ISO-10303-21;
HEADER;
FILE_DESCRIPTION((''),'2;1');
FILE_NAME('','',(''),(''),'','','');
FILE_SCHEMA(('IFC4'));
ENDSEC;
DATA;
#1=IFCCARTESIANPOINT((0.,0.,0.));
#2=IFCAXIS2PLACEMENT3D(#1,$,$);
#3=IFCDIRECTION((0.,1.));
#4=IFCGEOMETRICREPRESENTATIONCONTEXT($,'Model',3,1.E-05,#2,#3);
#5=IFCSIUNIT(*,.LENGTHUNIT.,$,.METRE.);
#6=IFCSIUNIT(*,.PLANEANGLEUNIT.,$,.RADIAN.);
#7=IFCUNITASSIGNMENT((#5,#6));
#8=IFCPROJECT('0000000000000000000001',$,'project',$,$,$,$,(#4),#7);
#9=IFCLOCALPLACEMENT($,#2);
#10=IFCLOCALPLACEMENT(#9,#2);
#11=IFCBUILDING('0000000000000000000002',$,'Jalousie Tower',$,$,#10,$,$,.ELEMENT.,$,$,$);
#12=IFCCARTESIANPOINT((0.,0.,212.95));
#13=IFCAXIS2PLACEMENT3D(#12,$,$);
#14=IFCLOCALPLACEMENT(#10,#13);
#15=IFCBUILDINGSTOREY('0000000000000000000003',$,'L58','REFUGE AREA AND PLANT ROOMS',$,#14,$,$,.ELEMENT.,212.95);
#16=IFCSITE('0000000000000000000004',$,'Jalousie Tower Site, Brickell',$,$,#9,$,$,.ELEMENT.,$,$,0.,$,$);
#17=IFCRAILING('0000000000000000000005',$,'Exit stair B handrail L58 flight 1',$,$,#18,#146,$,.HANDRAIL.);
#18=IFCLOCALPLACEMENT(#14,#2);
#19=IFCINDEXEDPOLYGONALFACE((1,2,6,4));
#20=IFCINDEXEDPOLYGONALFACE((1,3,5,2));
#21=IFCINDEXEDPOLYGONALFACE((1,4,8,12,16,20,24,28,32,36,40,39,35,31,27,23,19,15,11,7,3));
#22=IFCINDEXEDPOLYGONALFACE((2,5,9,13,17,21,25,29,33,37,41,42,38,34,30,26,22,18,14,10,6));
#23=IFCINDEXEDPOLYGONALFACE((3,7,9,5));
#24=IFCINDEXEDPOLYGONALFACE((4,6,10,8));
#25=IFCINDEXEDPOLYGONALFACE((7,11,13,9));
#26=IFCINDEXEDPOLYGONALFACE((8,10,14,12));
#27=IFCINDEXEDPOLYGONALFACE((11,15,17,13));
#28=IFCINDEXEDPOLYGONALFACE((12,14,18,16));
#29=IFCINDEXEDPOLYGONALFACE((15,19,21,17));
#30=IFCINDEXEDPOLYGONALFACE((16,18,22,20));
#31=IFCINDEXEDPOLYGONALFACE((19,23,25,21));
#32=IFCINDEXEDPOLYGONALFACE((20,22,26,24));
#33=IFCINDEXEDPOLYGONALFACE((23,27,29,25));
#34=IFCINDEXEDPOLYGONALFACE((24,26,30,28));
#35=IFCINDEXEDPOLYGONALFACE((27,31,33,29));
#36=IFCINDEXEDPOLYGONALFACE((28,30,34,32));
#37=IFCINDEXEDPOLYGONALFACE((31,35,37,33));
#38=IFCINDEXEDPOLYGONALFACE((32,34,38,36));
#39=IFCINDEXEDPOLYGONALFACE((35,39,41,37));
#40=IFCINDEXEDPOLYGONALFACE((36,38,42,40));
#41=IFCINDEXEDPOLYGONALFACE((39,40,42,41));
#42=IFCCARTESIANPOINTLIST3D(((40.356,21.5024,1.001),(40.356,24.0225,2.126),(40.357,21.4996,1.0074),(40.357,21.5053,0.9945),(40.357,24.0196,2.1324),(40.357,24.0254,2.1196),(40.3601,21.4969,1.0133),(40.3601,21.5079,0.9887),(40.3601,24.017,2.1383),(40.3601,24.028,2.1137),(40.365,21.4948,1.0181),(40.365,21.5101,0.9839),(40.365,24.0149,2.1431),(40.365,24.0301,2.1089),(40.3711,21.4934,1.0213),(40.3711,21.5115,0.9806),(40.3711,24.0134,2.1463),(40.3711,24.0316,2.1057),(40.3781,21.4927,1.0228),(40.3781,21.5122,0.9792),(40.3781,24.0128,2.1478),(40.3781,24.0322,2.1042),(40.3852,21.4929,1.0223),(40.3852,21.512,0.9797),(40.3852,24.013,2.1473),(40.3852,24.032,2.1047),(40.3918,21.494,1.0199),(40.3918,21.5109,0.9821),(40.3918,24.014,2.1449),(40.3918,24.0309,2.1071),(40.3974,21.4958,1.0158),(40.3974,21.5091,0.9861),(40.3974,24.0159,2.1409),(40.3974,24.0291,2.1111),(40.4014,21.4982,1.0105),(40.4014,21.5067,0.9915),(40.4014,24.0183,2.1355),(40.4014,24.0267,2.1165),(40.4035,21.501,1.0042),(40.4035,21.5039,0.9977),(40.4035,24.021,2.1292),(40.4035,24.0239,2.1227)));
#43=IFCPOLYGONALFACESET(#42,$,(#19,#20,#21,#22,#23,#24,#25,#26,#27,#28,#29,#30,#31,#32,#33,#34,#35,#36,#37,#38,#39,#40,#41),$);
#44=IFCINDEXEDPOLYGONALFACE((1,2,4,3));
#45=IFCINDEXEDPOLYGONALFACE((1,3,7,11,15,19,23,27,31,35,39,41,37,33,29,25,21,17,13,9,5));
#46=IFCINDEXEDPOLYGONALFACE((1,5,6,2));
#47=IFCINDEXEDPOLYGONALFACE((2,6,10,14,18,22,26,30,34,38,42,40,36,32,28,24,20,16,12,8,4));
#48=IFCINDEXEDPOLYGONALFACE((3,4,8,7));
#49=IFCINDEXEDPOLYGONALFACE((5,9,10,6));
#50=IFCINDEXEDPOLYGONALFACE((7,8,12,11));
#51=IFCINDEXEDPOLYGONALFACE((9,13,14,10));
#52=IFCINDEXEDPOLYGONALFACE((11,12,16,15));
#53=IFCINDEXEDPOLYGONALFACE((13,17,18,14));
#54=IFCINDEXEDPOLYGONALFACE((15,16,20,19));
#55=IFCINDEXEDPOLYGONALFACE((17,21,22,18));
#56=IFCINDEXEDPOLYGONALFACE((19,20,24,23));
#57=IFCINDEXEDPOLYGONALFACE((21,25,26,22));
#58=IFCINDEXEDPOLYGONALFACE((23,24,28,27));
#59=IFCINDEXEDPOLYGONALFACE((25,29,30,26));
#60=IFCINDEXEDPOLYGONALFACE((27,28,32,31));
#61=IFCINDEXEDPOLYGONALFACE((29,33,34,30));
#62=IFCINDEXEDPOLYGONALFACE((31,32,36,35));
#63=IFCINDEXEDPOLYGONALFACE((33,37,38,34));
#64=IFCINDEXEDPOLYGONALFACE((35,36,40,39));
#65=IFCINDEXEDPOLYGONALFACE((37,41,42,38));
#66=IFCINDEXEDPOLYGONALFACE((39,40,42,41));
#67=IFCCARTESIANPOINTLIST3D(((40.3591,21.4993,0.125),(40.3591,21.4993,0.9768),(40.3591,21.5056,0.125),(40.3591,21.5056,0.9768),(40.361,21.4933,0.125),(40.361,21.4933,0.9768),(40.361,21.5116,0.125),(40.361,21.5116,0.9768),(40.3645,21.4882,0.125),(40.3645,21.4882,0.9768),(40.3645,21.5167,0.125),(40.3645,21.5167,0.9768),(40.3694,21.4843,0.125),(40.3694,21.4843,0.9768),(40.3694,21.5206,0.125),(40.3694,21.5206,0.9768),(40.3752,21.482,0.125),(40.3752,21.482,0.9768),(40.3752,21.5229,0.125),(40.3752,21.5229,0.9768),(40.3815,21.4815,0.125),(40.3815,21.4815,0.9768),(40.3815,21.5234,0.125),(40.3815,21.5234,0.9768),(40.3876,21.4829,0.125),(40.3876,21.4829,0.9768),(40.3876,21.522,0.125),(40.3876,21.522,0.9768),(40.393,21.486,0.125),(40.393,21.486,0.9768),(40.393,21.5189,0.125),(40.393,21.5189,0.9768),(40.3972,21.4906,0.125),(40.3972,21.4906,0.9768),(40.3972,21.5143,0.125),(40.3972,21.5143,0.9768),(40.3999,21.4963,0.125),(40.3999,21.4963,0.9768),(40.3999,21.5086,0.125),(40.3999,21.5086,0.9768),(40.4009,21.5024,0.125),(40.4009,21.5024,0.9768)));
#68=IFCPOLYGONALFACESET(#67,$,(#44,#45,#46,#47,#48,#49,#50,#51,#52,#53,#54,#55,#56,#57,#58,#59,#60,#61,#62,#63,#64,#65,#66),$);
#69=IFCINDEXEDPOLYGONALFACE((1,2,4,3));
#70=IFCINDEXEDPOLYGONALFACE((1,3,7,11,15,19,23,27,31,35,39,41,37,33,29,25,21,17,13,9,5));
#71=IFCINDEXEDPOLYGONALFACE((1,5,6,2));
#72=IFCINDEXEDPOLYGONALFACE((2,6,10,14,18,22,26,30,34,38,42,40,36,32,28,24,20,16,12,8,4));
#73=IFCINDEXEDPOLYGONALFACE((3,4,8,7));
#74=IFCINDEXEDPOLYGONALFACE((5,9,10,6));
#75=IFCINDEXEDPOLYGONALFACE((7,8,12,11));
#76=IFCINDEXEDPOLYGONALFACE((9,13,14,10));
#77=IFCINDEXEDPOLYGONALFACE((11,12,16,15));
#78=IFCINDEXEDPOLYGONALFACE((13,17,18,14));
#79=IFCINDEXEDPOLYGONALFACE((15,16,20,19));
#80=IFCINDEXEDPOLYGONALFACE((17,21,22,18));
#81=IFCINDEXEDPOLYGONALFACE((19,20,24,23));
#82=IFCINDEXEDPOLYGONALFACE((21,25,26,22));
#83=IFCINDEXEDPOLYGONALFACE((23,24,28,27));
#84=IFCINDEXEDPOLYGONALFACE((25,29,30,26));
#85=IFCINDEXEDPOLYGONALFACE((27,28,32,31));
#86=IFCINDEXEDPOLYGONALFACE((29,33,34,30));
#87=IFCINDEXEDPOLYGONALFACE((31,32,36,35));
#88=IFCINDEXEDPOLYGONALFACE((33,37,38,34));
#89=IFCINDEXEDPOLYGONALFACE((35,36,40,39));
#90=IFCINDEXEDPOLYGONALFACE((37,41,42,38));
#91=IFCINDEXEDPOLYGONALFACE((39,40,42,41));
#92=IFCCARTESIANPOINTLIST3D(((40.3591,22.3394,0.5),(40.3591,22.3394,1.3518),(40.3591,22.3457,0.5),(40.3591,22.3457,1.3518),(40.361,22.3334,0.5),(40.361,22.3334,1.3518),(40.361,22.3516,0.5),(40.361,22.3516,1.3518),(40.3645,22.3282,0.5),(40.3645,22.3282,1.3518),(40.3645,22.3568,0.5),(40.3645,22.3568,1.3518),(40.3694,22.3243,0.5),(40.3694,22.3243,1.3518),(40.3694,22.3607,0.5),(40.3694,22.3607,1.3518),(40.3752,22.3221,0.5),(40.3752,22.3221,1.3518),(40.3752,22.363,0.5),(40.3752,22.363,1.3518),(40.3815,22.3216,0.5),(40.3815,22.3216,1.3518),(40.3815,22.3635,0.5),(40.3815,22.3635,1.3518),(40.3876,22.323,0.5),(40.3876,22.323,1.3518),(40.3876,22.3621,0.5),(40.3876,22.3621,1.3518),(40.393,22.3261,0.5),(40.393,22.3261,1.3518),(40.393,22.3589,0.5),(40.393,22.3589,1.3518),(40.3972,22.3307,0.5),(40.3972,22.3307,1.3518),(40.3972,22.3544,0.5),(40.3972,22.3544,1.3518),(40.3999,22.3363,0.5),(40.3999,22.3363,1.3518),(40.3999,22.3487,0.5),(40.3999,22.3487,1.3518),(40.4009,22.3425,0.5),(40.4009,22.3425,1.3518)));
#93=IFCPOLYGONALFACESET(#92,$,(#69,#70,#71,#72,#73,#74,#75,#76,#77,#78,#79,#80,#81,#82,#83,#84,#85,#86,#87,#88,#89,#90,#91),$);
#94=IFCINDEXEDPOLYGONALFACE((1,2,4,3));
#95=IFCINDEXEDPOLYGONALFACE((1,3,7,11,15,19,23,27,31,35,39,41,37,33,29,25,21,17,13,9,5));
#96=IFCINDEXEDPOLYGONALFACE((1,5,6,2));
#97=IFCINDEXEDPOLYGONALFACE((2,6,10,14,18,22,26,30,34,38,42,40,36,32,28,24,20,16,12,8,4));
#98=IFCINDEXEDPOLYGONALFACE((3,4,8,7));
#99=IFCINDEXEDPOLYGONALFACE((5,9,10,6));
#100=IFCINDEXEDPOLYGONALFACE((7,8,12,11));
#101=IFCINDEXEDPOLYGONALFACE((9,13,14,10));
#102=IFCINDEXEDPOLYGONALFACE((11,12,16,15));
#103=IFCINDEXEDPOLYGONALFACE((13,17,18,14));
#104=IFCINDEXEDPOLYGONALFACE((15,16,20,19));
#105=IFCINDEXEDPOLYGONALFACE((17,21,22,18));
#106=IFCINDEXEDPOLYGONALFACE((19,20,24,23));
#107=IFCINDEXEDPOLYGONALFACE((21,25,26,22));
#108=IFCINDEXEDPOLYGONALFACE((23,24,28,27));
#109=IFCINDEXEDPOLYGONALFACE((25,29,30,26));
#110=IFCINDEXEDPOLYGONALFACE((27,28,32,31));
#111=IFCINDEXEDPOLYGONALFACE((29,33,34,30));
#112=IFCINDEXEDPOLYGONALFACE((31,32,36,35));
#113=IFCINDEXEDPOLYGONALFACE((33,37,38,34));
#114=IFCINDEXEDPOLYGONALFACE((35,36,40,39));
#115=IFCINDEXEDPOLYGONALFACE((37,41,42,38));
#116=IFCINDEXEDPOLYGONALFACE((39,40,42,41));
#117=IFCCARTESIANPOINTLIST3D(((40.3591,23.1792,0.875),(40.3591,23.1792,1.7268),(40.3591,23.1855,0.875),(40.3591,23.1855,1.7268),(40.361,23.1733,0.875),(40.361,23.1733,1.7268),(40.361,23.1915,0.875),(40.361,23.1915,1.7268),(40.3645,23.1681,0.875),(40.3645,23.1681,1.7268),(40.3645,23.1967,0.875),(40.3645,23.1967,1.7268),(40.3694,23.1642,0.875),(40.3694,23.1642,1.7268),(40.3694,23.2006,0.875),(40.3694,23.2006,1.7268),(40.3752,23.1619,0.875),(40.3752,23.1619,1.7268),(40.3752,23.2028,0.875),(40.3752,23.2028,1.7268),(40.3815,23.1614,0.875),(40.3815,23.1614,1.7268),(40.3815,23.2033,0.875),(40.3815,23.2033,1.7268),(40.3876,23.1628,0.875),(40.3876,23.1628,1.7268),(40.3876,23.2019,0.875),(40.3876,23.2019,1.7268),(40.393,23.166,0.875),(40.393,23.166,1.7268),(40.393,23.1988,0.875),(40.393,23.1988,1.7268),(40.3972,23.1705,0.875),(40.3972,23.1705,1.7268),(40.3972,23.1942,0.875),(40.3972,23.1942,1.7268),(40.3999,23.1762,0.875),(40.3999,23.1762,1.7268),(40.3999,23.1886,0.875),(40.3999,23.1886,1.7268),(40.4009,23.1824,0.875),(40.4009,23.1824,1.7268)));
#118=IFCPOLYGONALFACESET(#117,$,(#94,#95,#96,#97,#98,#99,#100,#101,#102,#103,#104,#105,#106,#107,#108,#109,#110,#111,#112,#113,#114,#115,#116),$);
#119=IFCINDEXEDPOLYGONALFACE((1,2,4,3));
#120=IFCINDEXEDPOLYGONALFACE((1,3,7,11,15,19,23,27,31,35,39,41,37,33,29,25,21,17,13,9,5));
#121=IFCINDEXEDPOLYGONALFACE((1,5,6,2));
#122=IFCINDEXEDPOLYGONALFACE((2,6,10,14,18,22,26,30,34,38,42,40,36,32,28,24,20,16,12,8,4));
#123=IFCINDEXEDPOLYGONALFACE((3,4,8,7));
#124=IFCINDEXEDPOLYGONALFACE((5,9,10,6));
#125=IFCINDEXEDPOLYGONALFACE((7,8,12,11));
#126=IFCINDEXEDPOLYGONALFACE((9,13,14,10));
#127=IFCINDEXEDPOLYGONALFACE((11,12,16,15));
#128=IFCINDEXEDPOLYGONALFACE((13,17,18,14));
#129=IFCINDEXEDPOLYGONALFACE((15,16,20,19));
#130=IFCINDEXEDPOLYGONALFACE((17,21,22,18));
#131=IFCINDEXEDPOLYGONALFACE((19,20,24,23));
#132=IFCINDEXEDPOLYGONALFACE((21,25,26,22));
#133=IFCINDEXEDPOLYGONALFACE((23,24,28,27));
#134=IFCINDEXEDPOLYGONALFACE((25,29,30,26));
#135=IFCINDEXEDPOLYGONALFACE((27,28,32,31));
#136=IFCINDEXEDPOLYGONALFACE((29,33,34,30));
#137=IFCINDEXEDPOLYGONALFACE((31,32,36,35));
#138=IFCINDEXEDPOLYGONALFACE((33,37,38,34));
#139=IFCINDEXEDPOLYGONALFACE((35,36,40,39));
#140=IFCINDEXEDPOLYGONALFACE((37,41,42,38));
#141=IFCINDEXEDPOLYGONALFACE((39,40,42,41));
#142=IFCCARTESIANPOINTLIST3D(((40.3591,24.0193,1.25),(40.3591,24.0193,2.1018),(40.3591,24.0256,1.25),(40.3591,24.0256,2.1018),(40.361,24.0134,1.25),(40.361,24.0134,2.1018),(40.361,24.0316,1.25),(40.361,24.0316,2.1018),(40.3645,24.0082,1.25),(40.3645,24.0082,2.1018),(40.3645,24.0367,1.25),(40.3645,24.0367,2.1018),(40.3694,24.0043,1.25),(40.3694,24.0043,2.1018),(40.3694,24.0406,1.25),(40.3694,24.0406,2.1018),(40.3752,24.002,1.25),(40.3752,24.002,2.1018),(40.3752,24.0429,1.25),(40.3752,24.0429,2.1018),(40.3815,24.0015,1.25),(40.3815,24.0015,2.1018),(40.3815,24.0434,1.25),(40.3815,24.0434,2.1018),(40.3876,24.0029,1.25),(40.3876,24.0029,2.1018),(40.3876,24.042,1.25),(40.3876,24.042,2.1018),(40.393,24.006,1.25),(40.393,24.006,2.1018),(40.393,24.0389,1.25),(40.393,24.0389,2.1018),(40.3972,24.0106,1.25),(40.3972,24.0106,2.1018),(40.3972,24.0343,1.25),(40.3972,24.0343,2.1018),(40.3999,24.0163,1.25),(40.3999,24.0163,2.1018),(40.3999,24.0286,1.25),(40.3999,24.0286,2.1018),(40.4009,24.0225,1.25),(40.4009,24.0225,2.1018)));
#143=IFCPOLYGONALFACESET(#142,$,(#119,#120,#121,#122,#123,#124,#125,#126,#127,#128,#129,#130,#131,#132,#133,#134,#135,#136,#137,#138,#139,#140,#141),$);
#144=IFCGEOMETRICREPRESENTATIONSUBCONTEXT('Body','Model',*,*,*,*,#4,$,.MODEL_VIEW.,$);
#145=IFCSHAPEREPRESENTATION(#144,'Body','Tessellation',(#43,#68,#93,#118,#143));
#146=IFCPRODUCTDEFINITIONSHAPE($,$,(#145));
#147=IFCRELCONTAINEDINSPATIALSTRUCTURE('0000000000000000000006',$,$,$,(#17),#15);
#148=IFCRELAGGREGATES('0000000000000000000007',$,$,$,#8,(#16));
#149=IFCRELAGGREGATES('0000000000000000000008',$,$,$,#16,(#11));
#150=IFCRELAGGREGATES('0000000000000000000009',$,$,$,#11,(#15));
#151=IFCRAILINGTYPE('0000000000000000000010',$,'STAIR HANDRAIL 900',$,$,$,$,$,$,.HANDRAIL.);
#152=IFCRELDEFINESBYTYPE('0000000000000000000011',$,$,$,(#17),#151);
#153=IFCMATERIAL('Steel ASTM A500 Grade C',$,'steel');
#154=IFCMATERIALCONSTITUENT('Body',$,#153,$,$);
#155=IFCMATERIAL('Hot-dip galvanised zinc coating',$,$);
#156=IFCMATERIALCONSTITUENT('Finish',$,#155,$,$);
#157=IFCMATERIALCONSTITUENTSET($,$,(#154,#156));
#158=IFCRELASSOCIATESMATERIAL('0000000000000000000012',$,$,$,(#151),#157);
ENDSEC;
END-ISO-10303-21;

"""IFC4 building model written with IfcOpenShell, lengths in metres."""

from ifc_helpers import new_model, si_unit, direction, frame, origin, origin_2d, place, context, subcontext, project, spatial, circle, extrude, material, constituent, constituent_set, type_object, element, save


model = new_model("IFC4")

# Units and contexts
model_context = context("Model", 3, precision=1e-05, world=origin(), true_north=direction((0.0, 1.0)))
body_context = subcontext(model_context, "Body", "Model", "MODEL_VIEW")
ifc_project = project(units=[si_unit("LENGTHUNIT", "METRE"), si_unit("PLANEANGLEUNIT", "RADIAN")], contexts=[model_context])

# Site, building, storey
site_placement = place(None, origin())
site = spatial("IfcSite", under=ifc_project, at=site_placement, Name="Jalousie Tower Site, Brickell", CompositionType="ELEMENT", RefElevation=0.0)
building_placement = place(site_placement, origin())
building = spatial("IfcBuilding", under=site, at=building_placement, Name="Jalousie Tower", CompositionType="ELEMENT")
storey_placement = place(building_placement, frame((0.0, 0.0, 212.95)))
storey = spatial("IfcBuildingStorey", under=building, at=storey_placement, Name="L58", Description="REFUGE AREA AND PLANT ROOMS", CompositionType="ELEMENT", Elevation=212.95)

# Railing
ifc_material_1 = material(Name="Steel ASTM A500 Grade C", Category="steel")
ifc_constituent_1 = constituent(ifc_material_1, Name="Body")
ifc_material_2 = material(Name="Hot-dip galvanised zinc coating")
ifc_constituent_2 = constituent(ifc_material_2, Name="Finish")
ifc_constituent_set_1 = constituent_set(constituents=[ifc_constituent_1, ifc_constituent_2])
railing_type_1 = type_object("IfcRailingType", Name="STAIR HANDRAIL 900", PredefinedType="HANDRAIL", material=ifc_constituent_set_1)
railing_1_placement = place(storey_placement, frame((40.3799, 21.5024, 0.125)))
element("IfcRailing", 1, at=railing_1_placement, inside=storey, type_object=railing_type_1, Name="Exit stair B handrail L58 flight 1", PredefinedType="HANDRAIL", context=body_context, shape_type="SweptSolid", body=[
    extrude(circle(Radius=0.0239, at=origin_2d()), frame((0.0, 0.0, 0.876), z_axis=(0.0, 0.913139, 0.407648), x_axis=(-1.0, 0.0, 0.0)), (0.0, 0.0, 1.0), 2.7598),
    extrude(circle(Radius=0.021, at=origin_2d()), origin(), (0.0, 0.0, 1.0), 0.8518),
    extrude(circle(Radius=0.021, at=origin_2d()), frame((0.0, 0.8401, 0.375)), (0.0, 0.0, 1.0), 0.8518),
    extrude(circle(Radius=0.021, at=origin_2d()), frame((0.0, 1.6799, 0.75)), (0.0, 0.0, 1.0), 0.8518),
    extrude(circle(Radius=0.021, at=origin_2d()), frame((0.0, 2.52, 1.125)), (0.0, 0.0, 1.0), 0.8518),
])

save(model, "model.ifc")
